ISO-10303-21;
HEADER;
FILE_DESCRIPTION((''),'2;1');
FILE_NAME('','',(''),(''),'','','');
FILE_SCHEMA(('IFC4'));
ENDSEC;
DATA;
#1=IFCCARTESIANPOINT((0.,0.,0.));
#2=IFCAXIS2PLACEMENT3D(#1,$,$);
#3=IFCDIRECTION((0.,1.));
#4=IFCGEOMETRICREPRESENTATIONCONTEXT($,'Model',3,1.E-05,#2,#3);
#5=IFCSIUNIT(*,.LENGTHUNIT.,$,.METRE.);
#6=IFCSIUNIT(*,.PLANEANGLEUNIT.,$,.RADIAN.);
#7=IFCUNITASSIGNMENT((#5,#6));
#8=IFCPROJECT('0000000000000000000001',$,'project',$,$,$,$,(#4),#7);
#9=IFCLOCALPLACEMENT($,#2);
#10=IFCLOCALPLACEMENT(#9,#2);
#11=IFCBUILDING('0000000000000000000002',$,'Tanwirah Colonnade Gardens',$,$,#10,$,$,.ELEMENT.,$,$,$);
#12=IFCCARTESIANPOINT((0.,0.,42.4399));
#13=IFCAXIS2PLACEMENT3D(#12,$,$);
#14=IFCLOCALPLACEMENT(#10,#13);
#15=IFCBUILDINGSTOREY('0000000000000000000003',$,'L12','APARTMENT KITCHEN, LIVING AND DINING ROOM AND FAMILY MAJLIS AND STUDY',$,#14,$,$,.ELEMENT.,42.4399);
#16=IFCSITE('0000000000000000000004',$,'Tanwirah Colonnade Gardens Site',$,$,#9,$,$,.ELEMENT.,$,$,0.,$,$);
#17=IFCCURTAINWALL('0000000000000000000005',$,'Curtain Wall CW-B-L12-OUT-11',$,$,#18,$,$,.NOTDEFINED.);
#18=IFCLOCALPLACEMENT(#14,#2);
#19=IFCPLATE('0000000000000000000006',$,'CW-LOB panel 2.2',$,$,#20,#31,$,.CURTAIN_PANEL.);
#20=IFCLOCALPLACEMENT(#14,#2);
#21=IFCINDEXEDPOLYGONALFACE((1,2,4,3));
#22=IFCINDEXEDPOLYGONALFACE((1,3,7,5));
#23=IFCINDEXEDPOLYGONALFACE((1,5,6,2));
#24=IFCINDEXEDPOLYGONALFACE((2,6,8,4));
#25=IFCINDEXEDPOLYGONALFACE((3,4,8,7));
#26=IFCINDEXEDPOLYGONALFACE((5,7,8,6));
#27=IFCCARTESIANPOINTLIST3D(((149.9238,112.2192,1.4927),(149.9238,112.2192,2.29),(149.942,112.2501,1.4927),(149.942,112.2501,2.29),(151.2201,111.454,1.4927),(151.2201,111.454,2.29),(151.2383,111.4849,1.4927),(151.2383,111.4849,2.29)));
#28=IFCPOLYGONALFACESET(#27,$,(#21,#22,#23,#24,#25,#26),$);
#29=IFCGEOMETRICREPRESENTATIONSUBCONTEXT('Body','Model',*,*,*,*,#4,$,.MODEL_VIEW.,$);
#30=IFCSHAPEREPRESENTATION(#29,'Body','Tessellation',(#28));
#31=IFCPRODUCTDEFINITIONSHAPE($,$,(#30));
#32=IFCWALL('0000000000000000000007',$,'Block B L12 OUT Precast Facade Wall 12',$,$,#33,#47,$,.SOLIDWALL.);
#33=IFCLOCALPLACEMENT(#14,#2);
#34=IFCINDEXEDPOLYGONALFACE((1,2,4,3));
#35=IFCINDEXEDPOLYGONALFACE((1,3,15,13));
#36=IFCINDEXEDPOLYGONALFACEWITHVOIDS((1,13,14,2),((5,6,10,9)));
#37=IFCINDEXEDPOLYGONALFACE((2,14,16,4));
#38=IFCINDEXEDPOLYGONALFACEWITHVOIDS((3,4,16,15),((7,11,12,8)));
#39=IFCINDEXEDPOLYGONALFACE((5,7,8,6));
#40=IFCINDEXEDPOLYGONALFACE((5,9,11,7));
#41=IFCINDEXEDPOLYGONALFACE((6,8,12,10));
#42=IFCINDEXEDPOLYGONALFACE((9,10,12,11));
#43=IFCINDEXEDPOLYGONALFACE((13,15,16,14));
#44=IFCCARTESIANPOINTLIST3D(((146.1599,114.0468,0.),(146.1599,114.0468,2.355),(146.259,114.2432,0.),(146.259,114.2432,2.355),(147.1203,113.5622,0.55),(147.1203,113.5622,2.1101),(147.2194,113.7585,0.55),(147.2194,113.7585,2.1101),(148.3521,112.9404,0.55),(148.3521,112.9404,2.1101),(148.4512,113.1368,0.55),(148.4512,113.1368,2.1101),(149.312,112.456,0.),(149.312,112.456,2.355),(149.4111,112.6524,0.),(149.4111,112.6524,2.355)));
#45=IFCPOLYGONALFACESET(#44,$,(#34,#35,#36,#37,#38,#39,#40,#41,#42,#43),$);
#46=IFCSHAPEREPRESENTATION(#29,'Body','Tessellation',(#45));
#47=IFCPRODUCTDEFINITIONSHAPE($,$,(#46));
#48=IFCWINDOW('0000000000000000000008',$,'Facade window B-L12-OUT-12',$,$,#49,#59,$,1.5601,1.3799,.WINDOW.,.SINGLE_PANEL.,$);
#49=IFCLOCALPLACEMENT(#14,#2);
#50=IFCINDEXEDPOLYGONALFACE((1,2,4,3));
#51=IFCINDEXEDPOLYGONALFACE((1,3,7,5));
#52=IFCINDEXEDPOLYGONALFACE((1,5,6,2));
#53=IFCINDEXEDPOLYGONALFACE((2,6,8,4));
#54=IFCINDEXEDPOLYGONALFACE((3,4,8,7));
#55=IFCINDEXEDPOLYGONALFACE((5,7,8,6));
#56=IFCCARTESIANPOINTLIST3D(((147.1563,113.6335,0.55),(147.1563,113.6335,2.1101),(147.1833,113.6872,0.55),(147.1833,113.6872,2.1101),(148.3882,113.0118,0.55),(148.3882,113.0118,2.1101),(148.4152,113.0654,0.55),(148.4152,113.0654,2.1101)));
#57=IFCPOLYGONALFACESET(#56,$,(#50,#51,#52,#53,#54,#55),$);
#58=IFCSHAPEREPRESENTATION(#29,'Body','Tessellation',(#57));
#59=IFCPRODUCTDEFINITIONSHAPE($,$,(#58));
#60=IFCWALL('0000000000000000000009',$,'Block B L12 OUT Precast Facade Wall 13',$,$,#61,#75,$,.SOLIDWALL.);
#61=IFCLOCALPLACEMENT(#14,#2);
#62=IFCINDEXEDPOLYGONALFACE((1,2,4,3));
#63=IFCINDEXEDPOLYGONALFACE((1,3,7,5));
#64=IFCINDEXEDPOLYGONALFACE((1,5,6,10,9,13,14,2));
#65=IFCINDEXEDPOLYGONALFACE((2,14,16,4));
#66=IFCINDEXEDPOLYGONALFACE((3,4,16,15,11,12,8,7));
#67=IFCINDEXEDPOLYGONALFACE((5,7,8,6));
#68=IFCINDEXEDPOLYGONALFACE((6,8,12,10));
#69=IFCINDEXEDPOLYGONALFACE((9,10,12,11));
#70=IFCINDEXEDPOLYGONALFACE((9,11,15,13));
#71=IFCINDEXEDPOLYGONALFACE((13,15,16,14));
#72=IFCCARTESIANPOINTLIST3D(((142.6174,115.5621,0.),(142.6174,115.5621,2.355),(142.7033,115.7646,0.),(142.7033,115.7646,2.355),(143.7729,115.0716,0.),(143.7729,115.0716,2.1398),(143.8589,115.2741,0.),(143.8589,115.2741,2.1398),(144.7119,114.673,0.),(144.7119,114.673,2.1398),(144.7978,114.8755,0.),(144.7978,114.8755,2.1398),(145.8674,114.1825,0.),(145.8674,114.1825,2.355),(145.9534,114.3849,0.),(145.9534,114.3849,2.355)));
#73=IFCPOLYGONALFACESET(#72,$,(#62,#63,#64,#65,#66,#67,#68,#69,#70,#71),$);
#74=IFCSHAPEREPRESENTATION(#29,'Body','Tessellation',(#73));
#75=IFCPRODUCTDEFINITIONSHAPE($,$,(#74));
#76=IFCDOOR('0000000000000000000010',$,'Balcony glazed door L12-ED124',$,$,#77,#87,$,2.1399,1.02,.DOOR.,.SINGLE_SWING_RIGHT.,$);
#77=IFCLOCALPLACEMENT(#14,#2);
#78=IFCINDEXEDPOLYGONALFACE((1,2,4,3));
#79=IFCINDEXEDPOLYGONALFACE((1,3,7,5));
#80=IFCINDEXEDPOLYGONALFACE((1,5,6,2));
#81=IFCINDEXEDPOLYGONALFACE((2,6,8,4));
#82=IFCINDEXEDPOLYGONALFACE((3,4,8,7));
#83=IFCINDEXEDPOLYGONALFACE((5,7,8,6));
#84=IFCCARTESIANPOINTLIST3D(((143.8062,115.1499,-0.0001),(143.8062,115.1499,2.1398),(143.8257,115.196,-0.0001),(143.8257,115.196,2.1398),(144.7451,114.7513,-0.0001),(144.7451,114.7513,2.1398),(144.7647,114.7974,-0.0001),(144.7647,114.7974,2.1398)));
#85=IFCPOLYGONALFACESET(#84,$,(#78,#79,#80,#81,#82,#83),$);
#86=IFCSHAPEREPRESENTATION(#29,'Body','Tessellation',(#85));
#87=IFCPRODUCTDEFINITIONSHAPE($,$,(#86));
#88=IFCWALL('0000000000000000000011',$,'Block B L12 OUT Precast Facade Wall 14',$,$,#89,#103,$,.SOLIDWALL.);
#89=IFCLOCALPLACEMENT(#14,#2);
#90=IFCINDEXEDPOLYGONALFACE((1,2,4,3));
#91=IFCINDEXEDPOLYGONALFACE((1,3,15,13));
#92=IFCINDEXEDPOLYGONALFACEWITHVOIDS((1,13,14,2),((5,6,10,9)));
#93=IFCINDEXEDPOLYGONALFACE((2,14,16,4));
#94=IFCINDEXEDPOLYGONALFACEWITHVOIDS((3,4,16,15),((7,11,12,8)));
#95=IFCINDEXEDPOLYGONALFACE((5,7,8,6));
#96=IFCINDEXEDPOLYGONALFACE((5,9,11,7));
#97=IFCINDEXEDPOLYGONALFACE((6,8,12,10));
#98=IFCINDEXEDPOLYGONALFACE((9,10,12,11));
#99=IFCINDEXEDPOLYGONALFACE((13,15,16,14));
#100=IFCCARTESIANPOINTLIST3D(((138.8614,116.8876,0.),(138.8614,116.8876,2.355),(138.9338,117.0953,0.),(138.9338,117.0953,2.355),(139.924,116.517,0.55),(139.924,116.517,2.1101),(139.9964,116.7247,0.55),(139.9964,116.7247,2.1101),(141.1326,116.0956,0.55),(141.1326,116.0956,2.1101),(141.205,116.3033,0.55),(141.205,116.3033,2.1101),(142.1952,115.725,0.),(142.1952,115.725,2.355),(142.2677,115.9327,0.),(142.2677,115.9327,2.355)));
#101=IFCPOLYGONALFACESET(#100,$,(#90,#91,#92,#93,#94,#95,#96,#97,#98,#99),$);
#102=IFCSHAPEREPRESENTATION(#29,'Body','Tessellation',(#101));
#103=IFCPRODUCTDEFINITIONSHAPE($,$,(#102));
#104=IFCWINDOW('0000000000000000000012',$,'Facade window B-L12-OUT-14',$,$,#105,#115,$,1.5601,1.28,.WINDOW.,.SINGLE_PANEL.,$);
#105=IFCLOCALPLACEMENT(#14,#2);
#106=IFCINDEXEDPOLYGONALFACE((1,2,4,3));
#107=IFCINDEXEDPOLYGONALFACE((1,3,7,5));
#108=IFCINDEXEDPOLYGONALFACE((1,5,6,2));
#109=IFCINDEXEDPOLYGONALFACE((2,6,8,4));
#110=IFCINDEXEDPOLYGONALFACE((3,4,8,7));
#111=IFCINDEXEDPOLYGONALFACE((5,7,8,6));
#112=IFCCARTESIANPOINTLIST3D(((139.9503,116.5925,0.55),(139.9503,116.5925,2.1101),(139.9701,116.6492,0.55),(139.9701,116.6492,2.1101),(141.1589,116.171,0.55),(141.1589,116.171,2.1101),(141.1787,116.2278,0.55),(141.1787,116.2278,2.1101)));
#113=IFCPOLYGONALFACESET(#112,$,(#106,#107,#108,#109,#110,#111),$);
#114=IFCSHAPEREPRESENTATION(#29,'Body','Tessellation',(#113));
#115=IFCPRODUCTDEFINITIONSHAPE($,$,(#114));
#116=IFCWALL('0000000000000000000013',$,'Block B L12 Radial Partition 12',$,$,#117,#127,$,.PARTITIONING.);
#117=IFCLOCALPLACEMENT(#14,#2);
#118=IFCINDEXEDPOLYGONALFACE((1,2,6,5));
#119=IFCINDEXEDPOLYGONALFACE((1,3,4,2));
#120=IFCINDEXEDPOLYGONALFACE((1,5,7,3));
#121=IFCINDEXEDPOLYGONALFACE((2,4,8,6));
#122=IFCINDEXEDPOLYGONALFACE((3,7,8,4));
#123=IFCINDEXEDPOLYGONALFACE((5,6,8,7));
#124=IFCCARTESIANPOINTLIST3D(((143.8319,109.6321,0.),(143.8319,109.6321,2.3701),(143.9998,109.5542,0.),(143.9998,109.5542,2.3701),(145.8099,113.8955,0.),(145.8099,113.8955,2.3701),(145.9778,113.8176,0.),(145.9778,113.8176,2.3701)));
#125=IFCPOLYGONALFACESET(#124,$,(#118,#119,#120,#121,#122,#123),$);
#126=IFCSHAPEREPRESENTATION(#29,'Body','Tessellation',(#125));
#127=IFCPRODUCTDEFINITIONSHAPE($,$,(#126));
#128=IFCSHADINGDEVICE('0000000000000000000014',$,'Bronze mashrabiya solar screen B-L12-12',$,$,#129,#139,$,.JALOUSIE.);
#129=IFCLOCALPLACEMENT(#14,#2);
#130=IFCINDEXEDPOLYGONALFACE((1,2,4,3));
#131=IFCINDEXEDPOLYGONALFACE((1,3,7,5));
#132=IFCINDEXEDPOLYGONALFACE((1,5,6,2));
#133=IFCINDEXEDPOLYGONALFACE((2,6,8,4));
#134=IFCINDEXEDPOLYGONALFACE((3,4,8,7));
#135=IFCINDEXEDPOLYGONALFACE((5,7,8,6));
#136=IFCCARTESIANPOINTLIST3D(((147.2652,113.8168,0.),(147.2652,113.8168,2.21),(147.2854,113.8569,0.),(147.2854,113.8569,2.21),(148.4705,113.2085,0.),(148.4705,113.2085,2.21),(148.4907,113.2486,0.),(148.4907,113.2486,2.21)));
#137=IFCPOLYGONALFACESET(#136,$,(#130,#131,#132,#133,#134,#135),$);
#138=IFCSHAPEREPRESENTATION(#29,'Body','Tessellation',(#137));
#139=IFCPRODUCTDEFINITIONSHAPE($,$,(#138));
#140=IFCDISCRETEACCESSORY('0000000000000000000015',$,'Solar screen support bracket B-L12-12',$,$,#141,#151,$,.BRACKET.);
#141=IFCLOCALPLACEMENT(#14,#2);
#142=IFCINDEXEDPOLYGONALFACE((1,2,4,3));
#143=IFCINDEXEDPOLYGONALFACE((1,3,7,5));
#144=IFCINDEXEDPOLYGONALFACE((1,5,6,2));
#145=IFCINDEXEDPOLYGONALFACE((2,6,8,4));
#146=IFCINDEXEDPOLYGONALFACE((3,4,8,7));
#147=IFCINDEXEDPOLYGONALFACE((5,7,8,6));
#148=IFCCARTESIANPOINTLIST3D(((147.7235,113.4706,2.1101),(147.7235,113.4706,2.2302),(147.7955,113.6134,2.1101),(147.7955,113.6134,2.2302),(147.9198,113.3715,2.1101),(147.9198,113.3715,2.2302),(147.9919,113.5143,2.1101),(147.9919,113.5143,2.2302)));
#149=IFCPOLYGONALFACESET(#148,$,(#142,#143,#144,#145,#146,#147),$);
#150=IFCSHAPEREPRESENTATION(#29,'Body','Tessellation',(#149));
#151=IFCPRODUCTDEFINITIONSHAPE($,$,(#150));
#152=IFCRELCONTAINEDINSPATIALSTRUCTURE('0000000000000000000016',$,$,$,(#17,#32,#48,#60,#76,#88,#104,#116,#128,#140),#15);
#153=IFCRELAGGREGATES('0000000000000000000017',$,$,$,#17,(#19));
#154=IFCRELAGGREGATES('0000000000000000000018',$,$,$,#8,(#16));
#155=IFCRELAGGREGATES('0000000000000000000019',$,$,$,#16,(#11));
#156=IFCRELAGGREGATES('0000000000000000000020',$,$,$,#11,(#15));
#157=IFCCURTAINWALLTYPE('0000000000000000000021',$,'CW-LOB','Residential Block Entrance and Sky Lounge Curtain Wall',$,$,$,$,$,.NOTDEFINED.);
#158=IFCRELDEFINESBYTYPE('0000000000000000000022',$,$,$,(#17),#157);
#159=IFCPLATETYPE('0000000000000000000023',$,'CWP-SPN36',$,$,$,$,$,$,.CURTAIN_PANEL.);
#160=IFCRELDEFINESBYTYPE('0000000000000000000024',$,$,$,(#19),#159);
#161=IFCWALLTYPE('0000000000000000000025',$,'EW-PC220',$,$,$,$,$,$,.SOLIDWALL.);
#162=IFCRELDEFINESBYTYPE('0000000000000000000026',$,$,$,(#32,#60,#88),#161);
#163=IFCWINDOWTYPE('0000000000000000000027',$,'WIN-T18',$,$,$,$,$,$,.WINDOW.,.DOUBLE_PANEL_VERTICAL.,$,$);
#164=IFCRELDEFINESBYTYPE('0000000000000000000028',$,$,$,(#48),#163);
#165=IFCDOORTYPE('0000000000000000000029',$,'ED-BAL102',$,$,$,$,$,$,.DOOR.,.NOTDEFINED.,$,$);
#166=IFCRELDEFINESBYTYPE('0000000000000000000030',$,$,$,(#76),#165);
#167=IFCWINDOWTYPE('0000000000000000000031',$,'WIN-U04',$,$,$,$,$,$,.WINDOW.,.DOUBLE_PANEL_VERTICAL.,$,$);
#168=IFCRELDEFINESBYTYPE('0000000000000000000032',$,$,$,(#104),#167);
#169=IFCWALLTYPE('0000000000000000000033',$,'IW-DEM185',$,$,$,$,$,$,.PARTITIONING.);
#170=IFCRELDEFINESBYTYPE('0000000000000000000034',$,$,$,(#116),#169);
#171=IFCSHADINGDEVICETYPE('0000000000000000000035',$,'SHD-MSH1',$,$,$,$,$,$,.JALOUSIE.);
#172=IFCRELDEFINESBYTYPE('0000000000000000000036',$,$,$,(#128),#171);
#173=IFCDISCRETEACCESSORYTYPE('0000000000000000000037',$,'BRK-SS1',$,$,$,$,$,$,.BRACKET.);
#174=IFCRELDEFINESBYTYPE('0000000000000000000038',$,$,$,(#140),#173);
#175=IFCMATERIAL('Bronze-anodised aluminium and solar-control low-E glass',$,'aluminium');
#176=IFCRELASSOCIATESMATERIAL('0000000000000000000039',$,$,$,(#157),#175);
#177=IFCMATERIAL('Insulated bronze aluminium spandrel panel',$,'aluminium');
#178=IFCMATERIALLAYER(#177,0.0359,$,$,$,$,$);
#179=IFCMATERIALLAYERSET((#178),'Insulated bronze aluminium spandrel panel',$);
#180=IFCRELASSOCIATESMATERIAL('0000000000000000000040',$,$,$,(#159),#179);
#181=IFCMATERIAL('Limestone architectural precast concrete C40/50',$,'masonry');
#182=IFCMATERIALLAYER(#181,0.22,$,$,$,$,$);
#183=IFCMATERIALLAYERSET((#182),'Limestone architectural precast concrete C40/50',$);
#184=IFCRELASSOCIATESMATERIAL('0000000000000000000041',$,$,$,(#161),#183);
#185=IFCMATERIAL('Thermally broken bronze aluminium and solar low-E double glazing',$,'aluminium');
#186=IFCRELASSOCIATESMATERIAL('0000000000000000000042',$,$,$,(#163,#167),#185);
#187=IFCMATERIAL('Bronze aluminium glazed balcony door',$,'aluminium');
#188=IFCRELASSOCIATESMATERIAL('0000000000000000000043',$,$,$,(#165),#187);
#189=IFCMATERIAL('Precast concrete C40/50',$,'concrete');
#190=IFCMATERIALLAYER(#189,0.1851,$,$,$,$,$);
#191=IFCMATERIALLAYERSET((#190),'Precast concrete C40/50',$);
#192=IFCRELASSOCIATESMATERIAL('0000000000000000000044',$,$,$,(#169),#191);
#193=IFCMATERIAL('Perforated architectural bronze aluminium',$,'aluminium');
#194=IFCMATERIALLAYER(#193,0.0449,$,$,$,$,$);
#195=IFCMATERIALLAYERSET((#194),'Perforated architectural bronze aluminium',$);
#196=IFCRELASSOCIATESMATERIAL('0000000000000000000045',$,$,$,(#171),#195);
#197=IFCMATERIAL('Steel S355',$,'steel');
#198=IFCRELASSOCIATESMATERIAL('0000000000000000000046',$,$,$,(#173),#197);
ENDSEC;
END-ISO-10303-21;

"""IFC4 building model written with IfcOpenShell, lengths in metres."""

from ifc_helpers import new_model, si_unit, direction, frame, frame_2d, origin, origin_2d, place, context, subcontext, project, spatial, rectangle, extrude, material, layer, layer_set, type_object, element, fill, aggregate, save


model = new_model("IFC4")

# Units and contexts
model_context = context("Model", 3, precision=1e-05, world=origin(), true_north=direction((0.0, 1.0)))
body_context = subcontext(model_context, "Body", "Model", "MODEL_VIEW")
ifc_project = project(units=[si_unit("LENGTHUNIT", "METRE"), si_unit("PLANEANGLEUNIT", "RADIAN")], contexts=[model_context])

# Site, building, storey
site_placement = place(None, origin())
site = spatial("IfcSite", under=ifc_project, at=site_placement, Name="Tanwirah Colonnade Gardens Site", CompositionType="ELEMENT", RefElevation=0.0)
building_placement = place(site_placement, origin())
building = spatial("IfcBuilding", under=site, at=building_placement, Name="Tanwirah Colonnade Gardens", CompositionType="ELEMENT")
storey_placement = place(building_placement, frame((0.0, 0.0, 42.4399)))
storey = spatial("IfcBuildingStorey", under=building, at=storey_placement, Name="L12", Description="APARTMENT KITCHEN, LIVING AND DINING ROOM AND FAMILY MAJLIS AND STUDY", CompositionType="ELEMENT", Elevation=42.4399)

# Shared definitions
ifc_material_1 = material(Name="Precast concrete C40/50", Category="concrete")

# Curtain wall
ifc_material_2 = material(Name="Bronze-anodised aluminium and solar-control low-E glass", Category="aluminium")
curtain_wall_type = type_object("IfcCurtainWallType", Name="CW-LOB", Description="Residential Block Entrance and Sky Lounge Curtain Wall", PredefinedType="NOTDEFINED", material=ifc_material_2)
curtain_wall_placement = place(storey_placement, origin())
curtain_wall = element("IfcCurtainWall", 1, at=curtain_wall_placement, inside=storey, type_object=curtain_wall_type, Name="Curtain Wall CW-B-L12-OUT-11", PredefinedType="NOTDEFINED")

# Plate
ifc_material_3 = material(Name="Insulated bronze aluminium spandrel panel", Category="aluminium")
ifc_layer_1 = layer(ifc_material_3, 0.0359)
ifc_layer_set_1 = layer_set([ifc_layer_1], Name="Insulated bronze aluminium spandrel panel")
plate_type = type_object("IfcPlateType", Name="CWP-SPN36", PredefinedType="CURTAIN_PANEL", material=ifc_layer_set_1)
plate_1_placement = place(storey_placement, frame((150.5811, 111.8521, 1.4927), z_axis=(0.0, 0.0, 1.0), x_axis=(-0.861137, 0.508372, 0.0)))
plate_1 = element("IfcPlate", 2, at=plate_1_placement, type_object=plate_type, Name="CW-LOB panel 2.2", PredefinedType="CURTAIN_PANEL", context=body_context, shape_type="SweptSolid", body=[
    extrude(rectangle(XDim=1.5054, YDim=0.0359, at=origin_2d()), origin(), (0.0, 0.0, 1.0), 0.7974),
])
aggregate(curtain_wall, [plate_1])

# Wall, opening, window
ifc_material_4 = material(Name="Limestone architectural precast concrete C40/50", Category="masonry")
ifc_layer_2 = layer(ifc_material_4, 0.22)
ifc_layer_set_2 = layer_set([ifc_layer_2], Name="Limestone architectural precast concrete C40/50")
wall_type_1 = type_object("IfcWallType", Name="EW-PC220", PredefinedType="SOLIDWALL", material=ifc_layer_set_2)
wall_1_placement = place(storey_placement, frame((149.3616, 112.5542, 0.0), z_axis=(0.0, 0.0, 1.0), x_axis=(-0.892748, 0.450557, 0.0)))
wall_1 = element("IfcWall", 3, at=wall_1_placement, inside=storey, type_object=wall_type_1, Name="Block B L12 OUT Precast Facade Wall 12", PredefinedType="SOLIDWALL", context=body_context, shape_type="SweptSolid", body=[
    extrude(rectangle(XDim=3.5308, YDim=0.22, at=frame_2d((1.7654, 0.0))), origin(), (0.0, 0.0, 1.0), 2.355),
])
opening_1_placement = place(wall_1_placement, frame((1.0752, 0.0, 0.55)))
opening_1 = element("IfcOpeningElement", 4, at=opening_1_placement, cuts=wall_1, PredefinedType="OPENING", context=body_context, shape_type="SweptSolid", body=[
    extrude(rectangle(XDim=1.3799, YDim=1.5601, at=frame_2d((0.6899, 0.78))), frame((0.0, 0.1199, 0.0), z_axis=(0.0, -1.0, 0.0), x_axis=(1.0, 0.0, 0.0)), (0.0, 0.0, 1.0), 0.24),
])
ifc_material_5 = material(Name="Thermally broken bronze aluminium and solar low-E double glazing", Category="aluminium")
window_type_1 = type_object("IfcWindowType", Name="WIN-T18", PartitioningType="DOUBLE_PANEL_VERTICAL", PredefinedType="WINDOW", material=ifc_material_5)
window_1_placement = place(opening_1_placement, origin())
window_1 = element("IfcWindow", 5, at=window_1_placement, inside=storey, type_object=window_type_1, Name="Facade window B-L12-OUT-12", OverallHeight=1.5601, OverallWidth=1.3799, PartitioningType="SINGLE_PANEL", PredefinedType="WINDOW", context=body_context, shape_type="SweptSolid", body=[
    extrude(rectangle(XDim=1.3799, YDim=1.5601, at=frame_2d((0.6899, 0.78))), frame((0.0, 0.03, 0.0), z_axis=(0.0, -1.0, 0.0), x_axis=(1.0, 0.0, 0.0)), (0.0, 0.0, 1.0), 0.0601),
])
fill(opening_1, window_1)

# Wall, opening, door
wall_2_placement = place(storey_placement, frame((145.9104, 114.2837, 0.0), z_axis=(0.0, 0.0, 1.0), x_axis=(-0.920495, 0.390754, 0.0)))
wall_2 = element("IfcWall", 6, at=wall_2_placement, inside=storey, type_object=wall_type_1, Name="Block B L12 OUT Precast Facade Wall 13", PredefinedType="SOLIDWALL", context=body_context, shape_type="SweptSolid", body=[
    extrude(rectangle(XDim=3.5308, YDim=0.22, at=frame_2d((1.7654, 0.0))), origin(), (0.0, 0.0, 1.0), 2.355),
])
opening_2_placement = place(wall_2_placement, frame((1.2554, 0.0, 0.0)))
opening_2 = element("IfcOpeningElement", 7, at=opening_2_placement, cuts=wall_2, PredefinedType="OPENING", context=body_context, shape_type="SweptSolid", body=[
    extrude(rectangle(XDim=1.02, YDim=2.1399, at=frame_2d((0.51, 1.0698))), frame((0.0, 0.1199, 0.0), z_axis=(0.0, -1.0, 0.0), x_axis=(1.0, 0.0, 0.0)), (0.0, 0.0, 1.0), 0.24),
])
ifc_material_6 = material(Name="Bronze aluminium glazed balcony door", Category="aluminium")
door_type = type_object("IfcDoorType", Name="ED-BAL102", OperationType="NOTDEFINED", PredefinedType="DOOR", material=ifc_material_6)
door_placement = place(opening_2_placement, origin())
door = element("IfcDoor", 8, at=door_placement, inside=storey, type_object=door_type, Name="Balcony glazed door L12-ED124", OperationType="SINGLE_SWING_RIGHT", OverallHeight=2.1399, OverallWidth=1.02, PredefinedType="DOOR", context=body_context, shape_type="SweptSolid", body=[
    extrude(rectangle(XDim=1.02, YDim=2.1399, at=frame_2d((0.51, 1.0698))), frame((0.0, 0.0249, 0.0), z_axis=(0.0, -1.0, 0.0), x_axis=(1.0, 0.0, 0.0)), (0.0, 0.0, 1.0), 0.05),
])
fill(opening_2, door)

# Wall, opening, window
wall_3_placement = place(storey_placement, frame((142.2314, 115.8289, 0.0), z_axis=(0.0, 0.0, 1.0), x_axis=(-0.944237, 0.329266, 0.0)))
wall_3 = element("IfcWall", 9, at=wall_3_placement, inside=storey, type_object=wall_type_1, Name="Block B L12 OUT Precast Facade Wall 14", PredefinedType="SOLIDWALL", context=body_context, shape_type="SweptSolid", body=[
    extrude(rectangle(XDim=3.5308, YDim=0.22, at=frame_2d((1.7654, 0.0))), origin(), (0.0, 0.0, 1.0), 2.355),
])
opening_3_placement = place(wall_3_placement, frame((1.1252, 0.0, 0.55)))
opening_3 = element("IfcOpeningElement", 10, at=opening_3_placement, cuts=wall_3, PredefinedType="OPENING", context=body_context, shape_type="SweptSolid", body=[
    extrude(rectangle(XDim=1.28, YDim=1.5601, at=frame_2d((0.6401, 0.78))), frame((0.0, 0.1199, 0.0), z_axis=(0.0, -1.0, 0.0), x_axis=(1.0, 0.0, 0.0)), (0.0, 0.0, 1.0), 0.24),
])
window_type_2 = type_object("IfcWindowType", Name="WIN-U04", PartitioningType="DOUBLE_PANEL_VERTICAL", PredefinedType="WINDOW", material=ifc_material_5)
window_2_placement = place(opening_3_placement, origin())
window_2 = element("IfcWindow", 11, at=window_2_placement, inside=storey, type_object=window_type_2, Name="Facade window B-L12-OUT-14", OverallHeight=1.5601, OverallWidth=1.28, PartitioningType="SINGLE_PANEL", PredefinedType="WINDOW", context=body_context, shape_type="SweptSolid", body=[
    extrude(rectangle(XDim=1.28, YDim=1.5601, at=frame_2d((0.6401, 0.78))), frame((0.0, 0.03, 0.0), z_axis=(0.0, -1.0, 0.0), x_axis=(1.0, 0.0, 0.0)), (0.0, 0.0, 1.0), 0.0601),
])
fill(opening_3, window_2)

# Wall
ifc_layer_3 = layer(ifc_material_1, 0.1851)
ifc_layer_set_3 = layer_set([ifc_layer_3], Name="Precast concrete C40/50")
wall_type_2 = type_object("IfcWallType", Name="IW-DEM185", PredefinedType="PARTITIONING", material=ifc_layer_set_3)
wall_4_placement = place(storey_placement, frame((143.9158, 109.593, 0.0), z_axis=(0.0, 0.0, 1.0), x_axis=(0.420863, 0.907124, 0.0)))
element("IfcWall", 12, at=wall_4_placement, inside=storey, type_object=wall_type_2, Name="Block B L12 Radial Partition 12", PredefinedType="PARTITIONING", context=body_context, shape_type="SweptSolid", body=[
    extrude(rectangle(XDim=4.7, YDim=0.1851, at=frame_2d((2.3501, 0.0))), origin(), (0.0, 0.0, 1.0), 2.3701),
])

# Shading device
ifc_material_7 = material(Name="Perforated architectural bronze aluminium", Category="aluminium")
ifc_layer_4 = layer(ifc_material_7, 0.0449)
ifc_layer_set_4 = layer_set([ifc_layer_4], Name="Perforated architectural bronze aluminium")
shading_device_type = type_object("IfcShadingDeviceType", Name="SHD-MSH1", PredefinedType="JALOUSIE", material=ifc_layer_set_4)
shading_device_placement = place(storey_placement, frame((147.8779, 113.5327, 0.0), z_axis=(0.0, 0.0, 1.0), x_axis=(-0.892761, 0.450531, 0.0)))
element("IfcShadingDevice", 13, at=shading_device_placement, inside=storey, type_object=shading_device_type, Name="Bronze mashrabiya solar screen B-L12-12", PredefinedType="JALOUSIE", context=body_context, shape_type="SweptSolid", body=[
    extrude(rectangle(XDim=1.3501, YDim=0.0449, at=origin_2d()), origin(), (0.0, 0.0, 1.0), 2.21),
])

# Discrete accessory
ifc_material_8 = material(Name="Steel S355", Category="steel")
discrete_accessory_type = type_object("IfcDiscreteAccessoryType", Name="BRK-SS1", PredefinedType="BRACKET", material=ifc_material_8)
discrete_accessory_placement = place(storey_placement, frame((147.8577, 113.4924, 2.1101), z_axis=(0.0, 0.0, 1.0), x_axis=(-0.892761, 0.450531, 0.0)))
element("IfcDiscreteAccessory", 14, at=discrete_accessory_placement, inside=storey, type_object=discrete_accessory_type, Name="Solar screen support bracket B-L12-12", PredefinedType="BRACKET", context=body_context, shape_type="SweptSolid", body=[
    extrude(rectangle(XDim=0.22, YDim=0.1599, at=origin_2d()), origin(), (0.0, 0.0, 1.0), 0.1201),
])

save(model, "model.ifc")
